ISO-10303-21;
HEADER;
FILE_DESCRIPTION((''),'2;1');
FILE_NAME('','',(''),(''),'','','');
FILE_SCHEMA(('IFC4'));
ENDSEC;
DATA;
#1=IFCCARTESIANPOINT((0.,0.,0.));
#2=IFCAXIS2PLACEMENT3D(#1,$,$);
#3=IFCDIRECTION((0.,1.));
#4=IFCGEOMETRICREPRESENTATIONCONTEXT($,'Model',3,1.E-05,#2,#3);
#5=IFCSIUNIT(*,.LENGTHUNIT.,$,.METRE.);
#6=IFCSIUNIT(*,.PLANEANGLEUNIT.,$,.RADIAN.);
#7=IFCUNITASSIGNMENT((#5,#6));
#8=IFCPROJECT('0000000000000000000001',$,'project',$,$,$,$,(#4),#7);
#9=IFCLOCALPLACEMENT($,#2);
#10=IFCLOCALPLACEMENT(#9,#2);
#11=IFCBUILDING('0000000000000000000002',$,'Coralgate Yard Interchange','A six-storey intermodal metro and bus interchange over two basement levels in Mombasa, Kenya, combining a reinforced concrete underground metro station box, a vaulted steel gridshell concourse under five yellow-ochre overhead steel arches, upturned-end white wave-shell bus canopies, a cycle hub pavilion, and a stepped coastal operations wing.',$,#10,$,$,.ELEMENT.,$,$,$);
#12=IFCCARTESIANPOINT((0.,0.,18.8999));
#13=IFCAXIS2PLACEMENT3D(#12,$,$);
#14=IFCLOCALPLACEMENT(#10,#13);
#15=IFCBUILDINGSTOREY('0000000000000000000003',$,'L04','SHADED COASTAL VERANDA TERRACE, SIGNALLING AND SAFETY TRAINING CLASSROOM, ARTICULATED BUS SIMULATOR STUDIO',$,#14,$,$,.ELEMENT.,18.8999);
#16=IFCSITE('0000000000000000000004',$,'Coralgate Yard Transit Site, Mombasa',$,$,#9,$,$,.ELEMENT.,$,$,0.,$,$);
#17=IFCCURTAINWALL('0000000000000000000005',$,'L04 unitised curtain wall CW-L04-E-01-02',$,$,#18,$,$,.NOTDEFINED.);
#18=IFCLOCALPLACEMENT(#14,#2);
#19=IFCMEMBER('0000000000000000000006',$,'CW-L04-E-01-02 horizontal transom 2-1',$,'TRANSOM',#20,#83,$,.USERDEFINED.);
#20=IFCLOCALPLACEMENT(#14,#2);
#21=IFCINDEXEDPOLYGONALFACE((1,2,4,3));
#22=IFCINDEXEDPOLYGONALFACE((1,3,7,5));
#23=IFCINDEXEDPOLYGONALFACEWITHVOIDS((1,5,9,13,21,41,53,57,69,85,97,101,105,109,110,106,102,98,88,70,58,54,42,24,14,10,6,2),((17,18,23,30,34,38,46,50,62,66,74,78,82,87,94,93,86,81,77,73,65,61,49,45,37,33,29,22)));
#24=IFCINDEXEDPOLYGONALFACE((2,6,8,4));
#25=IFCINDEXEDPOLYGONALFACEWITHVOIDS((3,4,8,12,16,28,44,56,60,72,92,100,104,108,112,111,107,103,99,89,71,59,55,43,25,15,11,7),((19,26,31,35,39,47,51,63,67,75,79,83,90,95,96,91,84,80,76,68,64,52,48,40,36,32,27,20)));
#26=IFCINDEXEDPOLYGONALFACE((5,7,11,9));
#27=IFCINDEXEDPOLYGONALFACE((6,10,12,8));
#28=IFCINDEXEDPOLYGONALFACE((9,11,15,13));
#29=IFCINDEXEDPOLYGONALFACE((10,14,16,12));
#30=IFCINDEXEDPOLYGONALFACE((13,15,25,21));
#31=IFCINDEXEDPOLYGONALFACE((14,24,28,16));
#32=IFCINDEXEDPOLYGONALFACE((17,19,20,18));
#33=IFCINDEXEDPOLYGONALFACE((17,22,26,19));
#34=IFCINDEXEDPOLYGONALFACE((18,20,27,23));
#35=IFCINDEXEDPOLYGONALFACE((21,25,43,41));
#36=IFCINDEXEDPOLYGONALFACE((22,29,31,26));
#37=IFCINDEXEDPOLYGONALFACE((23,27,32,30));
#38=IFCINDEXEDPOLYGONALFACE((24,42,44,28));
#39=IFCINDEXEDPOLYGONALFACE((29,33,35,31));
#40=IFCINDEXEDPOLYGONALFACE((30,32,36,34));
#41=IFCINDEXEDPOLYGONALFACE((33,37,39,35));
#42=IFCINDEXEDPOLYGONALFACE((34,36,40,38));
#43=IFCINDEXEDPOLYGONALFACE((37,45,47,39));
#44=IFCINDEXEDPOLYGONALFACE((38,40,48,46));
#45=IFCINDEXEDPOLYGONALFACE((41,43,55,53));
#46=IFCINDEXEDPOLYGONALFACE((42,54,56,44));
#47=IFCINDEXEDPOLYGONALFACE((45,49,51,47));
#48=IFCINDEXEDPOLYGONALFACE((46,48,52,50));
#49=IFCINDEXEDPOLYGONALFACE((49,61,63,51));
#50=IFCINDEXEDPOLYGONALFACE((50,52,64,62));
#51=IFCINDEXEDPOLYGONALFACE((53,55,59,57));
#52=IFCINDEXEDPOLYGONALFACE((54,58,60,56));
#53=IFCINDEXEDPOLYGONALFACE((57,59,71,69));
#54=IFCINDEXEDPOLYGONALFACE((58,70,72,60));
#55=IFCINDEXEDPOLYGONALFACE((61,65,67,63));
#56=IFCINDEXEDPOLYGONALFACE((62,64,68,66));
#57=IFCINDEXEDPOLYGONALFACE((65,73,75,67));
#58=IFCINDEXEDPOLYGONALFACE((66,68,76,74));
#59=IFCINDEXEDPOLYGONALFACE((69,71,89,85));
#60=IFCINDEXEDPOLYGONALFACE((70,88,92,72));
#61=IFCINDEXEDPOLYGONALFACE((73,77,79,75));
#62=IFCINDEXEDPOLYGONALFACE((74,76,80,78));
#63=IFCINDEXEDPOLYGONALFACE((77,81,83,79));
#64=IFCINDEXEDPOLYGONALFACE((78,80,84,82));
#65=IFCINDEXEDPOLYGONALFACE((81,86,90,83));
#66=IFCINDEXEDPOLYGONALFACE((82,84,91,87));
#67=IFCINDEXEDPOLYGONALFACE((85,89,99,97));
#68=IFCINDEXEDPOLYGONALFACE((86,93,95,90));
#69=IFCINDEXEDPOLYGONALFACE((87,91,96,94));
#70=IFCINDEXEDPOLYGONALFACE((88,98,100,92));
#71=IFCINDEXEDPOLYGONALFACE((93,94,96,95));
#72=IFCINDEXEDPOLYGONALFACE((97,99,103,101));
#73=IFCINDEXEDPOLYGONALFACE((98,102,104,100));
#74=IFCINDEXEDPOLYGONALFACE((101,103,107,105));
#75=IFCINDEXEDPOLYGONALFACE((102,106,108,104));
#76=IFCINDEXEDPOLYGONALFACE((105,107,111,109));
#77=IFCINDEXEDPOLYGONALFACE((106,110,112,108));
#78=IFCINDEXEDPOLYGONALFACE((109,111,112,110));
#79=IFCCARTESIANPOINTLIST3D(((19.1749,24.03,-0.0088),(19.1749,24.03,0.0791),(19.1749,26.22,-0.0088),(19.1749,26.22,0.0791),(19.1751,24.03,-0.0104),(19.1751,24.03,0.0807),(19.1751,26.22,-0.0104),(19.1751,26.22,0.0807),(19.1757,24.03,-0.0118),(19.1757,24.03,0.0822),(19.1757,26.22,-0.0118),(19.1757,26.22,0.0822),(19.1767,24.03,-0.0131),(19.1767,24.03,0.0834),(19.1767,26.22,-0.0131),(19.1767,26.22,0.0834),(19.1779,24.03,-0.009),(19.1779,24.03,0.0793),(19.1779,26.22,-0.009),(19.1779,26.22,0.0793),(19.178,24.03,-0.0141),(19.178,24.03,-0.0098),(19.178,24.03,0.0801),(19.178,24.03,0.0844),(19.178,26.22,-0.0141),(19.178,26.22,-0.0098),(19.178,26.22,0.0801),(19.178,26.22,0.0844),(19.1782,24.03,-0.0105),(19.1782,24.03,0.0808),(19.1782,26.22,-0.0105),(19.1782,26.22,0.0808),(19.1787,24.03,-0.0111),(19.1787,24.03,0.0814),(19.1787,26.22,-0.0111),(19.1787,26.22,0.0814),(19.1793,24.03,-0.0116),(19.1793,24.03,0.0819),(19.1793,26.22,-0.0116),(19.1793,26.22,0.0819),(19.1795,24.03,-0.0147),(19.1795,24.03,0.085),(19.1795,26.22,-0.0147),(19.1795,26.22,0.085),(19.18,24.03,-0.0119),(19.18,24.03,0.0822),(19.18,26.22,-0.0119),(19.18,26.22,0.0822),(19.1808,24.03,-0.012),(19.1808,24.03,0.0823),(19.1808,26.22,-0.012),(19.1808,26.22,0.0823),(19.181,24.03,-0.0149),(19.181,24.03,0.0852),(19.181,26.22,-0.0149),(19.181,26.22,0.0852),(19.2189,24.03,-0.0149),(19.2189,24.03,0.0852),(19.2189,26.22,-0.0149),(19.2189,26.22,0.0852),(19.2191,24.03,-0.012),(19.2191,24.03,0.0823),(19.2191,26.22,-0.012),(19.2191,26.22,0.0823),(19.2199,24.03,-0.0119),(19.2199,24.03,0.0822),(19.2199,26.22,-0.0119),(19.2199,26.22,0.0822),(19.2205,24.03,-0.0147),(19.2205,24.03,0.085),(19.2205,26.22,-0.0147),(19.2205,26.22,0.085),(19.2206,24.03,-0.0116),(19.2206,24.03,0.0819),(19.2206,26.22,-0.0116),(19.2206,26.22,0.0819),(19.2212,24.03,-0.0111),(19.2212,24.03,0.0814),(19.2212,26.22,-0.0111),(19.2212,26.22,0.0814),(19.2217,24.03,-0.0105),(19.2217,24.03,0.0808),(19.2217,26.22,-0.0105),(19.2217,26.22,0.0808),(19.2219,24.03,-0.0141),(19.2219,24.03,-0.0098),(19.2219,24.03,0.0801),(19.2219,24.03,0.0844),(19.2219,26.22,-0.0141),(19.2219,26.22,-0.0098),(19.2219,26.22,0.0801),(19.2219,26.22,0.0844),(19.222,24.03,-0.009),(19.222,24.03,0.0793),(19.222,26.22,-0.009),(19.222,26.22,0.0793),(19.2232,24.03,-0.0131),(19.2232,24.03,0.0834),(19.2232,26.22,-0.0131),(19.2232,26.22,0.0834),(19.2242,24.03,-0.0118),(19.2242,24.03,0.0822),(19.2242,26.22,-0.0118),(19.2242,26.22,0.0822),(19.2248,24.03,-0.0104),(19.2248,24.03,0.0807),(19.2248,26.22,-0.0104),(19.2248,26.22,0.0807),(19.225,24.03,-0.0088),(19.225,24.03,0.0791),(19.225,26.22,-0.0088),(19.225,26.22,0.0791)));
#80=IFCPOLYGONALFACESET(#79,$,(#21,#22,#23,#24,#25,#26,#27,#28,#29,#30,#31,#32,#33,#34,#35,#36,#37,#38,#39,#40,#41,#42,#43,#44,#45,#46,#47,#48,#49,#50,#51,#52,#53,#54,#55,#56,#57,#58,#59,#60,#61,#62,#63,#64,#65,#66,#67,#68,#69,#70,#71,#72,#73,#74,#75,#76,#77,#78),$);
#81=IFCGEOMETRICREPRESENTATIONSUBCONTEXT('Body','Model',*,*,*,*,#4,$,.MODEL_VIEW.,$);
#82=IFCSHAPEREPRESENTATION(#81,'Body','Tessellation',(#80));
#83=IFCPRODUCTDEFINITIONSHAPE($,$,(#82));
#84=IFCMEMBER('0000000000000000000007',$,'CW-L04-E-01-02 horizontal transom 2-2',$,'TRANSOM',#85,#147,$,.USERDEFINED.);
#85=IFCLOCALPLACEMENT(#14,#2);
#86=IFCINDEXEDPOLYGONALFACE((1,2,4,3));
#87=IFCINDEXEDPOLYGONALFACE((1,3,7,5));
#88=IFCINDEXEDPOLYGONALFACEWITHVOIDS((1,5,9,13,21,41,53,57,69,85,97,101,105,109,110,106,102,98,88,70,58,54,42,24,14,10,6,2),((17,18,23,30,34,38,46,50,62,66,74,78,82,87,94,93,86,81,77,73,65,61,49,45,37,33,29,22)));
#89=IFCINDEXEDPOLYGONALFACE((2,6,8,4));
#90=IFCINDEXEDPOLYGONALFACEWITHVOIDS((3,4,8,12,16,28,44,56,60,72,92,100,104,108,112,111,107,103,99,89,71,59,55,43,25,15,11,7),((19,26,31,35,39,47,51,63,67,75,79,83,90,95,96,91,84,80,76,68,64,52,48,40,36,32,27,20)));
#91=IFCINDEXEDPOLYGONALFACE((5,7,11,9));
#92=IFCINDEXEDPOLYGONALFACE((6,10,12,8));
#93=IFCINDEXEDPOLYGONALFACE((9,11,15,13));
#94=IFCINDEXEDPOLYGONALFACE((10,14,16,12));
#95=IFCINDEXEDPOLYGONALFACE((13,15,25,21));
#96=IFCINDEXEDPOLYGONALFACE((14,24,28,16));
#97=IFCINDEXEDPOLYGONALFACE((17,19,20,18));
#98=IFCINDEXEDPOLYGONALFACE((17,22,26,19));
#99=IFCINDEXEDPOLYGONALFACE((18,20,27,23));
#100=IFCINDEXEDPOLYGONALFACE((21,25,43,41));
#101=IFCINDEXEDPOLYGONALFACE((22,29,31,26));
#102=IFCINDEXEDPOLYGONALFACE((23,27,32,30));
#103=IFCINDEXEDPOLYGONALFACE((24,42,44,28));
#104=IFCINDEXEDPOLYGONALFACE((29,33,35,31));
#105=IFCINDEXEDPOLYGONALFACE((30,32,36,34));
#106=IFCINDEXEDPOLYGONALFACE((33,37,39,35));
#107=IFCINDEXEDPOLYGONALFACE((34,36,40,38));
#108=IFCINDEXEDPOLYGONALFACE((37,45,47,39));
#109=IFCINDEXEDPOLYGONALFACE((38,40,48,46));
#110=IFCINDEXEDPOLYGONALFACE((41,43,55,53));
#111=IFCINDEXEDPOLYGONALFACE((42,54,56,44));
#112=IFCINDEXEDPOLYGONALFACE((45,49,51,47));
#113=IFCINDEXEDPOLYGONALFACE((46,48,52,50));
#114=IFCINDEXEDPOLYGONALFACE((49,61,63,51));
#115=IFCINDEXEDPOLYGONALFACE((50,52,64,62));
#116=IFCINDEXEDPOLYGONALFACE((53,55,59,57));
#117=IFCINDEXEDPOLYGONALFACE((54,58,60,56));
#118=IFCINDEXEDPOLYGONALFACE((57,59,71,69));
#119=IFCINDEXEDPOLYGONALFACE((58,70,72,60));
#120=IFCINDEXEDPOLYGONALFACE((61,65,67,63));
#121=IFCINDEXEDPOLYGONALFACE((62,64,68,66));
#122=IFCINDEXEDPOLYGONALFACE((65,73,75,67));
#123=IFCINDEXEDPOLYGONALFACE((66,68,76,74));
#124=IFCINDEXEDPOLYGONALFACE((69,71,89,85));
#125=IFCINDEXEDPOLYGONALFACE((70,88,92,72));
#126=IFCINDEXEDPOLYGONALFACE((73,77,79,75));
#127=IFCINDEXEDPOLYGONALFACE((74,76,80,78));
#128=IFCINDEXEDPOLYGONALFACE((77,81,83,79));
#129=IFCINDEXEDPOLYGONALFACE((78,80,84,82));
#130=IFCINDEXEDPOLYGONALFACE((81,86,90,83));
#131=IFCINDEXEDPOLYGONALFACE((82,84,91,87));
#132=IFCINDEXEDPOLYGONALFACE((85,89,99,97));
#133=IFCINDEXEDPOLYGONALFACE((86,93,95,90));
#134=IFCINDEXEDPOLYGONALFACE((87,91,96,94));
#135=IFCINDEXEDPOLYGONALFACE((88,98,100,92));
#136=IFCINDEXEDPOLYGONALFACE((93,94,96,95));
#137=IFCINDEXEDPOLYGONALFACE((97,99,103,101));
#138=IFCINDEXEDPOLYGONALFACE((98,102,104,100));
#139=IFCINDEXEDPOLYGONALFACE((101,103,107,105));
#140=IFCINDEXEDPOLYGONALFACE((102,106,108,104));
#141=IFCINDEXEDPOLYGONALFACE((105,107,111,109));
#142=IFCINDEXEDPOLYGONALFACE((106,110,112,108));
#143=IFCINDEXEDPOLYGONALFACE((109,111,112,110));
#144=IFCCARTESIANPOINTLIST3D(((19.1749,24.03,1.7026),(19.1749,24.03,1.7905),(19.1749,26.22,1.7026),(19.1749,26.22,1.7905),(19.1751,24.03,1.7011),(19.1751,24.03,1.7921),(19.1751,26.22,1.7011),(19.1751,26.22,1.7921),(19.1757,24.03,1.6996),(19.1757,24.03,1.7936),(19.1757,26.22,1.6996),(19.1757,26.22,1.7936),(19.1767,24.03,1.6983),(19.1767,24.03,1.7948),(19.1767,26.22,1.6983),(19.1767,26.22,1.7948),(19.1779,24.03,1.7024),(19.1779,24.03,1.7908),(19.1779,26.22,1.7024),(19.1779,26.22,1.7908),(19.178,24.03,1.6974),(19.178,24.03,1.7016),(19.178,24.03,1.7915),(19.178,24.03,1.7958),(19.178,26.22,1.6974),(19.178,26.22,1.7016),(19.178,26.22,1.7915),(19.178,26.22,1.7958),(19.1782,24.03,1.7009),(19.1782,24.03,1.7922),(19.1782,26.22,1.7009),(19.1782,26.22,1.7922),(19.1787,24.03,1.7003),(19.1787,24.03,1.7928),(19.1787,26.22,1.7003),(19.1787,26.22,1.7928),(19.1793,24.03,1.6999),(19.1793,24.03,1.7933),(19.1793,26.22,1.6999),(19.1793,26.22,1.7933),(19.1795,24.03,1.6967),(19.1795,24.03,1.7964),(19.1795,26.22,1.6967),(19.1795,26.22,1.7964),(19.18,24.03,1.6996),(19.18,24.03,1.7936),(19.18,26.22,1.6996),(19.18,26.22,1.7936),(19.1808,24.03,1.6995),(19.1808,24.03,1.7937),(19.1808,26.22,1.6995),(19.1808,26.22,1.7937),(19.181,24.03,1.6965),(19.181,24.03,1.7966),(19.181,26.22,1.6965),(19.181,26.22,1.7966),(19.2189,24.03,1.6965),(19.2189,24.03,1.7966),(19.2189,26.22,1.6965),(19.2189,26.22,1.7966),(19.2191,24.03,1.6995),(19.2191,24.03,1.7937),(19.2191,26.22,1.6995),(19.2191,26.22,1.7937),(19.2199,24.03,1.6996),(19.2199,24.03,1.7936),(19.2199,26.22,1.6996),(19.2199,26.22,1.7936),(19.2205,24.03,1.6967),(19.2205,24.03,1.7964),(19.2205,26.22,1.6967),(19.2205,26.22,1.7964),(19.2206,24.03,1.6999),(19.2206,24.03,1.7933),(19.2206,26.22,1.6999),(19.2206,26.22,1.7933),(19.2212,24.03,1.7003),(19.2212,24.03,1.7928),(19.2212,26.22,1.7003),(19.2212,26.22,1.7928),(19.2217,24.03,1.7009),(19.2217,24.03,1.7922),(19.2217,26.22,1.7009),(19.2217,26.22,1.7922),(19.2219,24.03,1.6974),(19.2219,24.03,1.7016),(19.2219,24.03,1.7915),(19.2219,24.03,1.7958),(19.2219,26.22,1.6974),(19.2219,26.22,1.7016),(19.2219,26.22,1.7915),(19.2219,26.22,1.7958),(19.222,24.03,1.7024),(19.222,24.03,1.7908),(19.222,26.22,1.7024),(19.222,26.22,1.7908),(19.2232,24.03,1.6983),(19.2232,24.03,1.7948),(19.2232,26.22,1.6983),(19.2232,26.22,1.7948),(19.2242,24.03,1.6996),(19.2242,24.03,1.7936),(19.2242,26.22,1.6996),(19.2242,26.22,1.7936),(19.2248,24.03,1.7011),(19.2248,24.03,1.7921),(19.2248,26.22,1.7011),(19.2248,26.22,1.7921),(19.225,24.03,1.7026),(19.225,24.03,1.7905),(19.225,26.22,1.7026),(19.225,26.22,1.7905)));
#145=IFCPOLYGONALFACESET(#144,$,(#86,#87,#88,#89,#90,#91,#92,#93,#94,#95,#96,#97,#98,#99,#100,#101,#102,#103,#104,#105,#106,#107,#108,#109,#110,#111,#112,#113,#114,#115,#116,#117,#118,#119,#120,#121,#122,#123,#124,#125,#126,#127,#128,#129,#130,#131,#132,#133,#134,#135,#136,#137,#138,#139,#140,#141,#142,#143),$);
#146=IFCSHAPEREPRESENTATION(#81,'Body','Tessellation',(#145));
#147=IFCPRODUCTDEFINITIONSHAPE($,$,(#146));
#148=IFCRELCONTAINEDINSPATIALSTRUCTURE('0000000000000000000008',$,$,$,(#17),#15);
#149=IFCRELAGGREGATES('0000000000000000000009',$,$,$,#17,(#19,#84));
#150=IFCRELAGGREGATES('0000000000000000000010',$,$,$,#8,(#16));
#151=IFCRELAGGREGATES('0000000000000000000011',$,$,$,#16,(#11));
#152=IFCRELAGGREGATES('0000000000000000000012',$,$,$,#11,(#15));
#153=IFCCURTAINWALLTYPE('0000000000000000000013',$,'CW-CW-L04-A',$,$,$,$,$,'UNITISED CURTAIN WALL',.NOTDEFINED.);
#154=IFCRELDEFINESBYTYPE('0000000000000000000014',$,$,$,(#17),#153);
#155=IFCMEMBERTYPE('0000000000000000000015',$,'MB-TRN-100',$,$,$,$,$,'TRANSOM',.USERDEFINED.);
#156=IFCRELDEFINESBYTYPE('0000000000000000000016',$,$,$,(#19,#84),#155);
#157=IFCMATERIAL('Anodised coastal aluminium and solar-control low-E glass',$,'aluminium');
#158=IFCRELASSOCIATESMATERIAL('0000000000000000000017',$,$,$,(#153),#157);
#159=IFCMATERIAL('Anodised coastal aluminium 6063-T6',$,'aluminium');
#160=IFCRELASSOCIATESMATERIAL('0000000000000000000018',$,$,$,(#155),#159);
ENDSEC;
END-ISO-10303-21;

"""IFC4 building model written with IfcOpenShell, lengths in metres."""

from ifc_helpers import new_model, si_unit, direction, frame, origin, origin_2d, place, context, subcontext, project, spatial, hollow_rectangle, extrude, material, material_profile, profile_set, type_object, element, aggregate, save


model = new_model("IFC4")

# Units and contexts
model_context = context("Model", 3, precision=1e-05, world=origin(), true_north=direction((0.0, 1.0)))
body_context = subcontext(model_context, "Body", "Model", "MODEL_VIEW")
ifc_project = project(units=[si_unit("LENGTHUNIT", "METRE"), si_unit("PLANEANGLEUNIT", "RADIAN")], contexts=[model_context])

# Site, building, storey
site_placement = place(None, origin())
site = spatial("IfcSite", under=ifc_project, at=site_placement, Name="Coralgate Yard Transit Site, Mombasa", CompositionType="ELEMENT", RefElevation=0.0)
building_placement = place(site_placement, origin())
building = spatial("IfcBuilding", under=site, at=building_placement, Name="Coralgate Yard Interchange", Description="A six-storey intermodal metro and bus interchange over two basement levels in Mombasa, Kenya, combining a reinforced concrete underground metro station box, a vaulted steel gridshell concourse under five yellow-ochre overhead steel arches, upturned-end white wave-shell bus canopies, a cycle hub pavilion, and a stepped coastal operations wing.", CompositionType="ELEMENT")
storey_placement = place(building_placement, frame((0.0, 0.0, 18.8999)))
storey = spatial("IfcBuildingStorey", under=building, at=storey_placement, Name="L04", Description="SHADED COASTAL VERANDA TERRACE, SIGNALLING AND SAFETY TRAINING CLASSROOM, ARTICULATED BUS SIMULATOR STUDIO", CompositionType="ELEMENT", Elevation=18.8999)

# Curtain wall, members
ifc_material_1 = material(Name="Anodised coastal aluminium and solar-control low-E glass", Category="aluminium")
curtain_wall_type = type_object("IfcCurtainWallType", Name="CW-CW-L04-A", ElementType="UNITISED CURTAIN WALL", PredefinedType="NOTDEFINED", material=ifc_material_1)
curtain_wall_placement = place(storey_placement, origin())
curtain_wall = element("IfcCurtainWall", 1, at=curtain_wall_placement, inside=storey, type_object=curtain_wall_type, Name="L04 unitised curtain wall CW-L04-E-01-02", PredefinedType="NOTDEFINED")
ifc_material_2 = material(Name="Anodised coastal aluminium 6063-T6", Category="aluminium")
ifc_material_profile_1 = material_profile(ifc_material_2, hollow_rectangle(XDim=0.05, YDim=0.1001, WallThickness=0.0029, InnerFilletRadius=0.0029, OuterFilletRadius=0.0061, at=origin_2d()), Name="ALU 50x100x3")
ifc_profile_set_1 = profile_set([ifc_material_profile_1], Name="Anodised coastal aluminium 6063-T6")
member_type_1 = type_object("IfcMemberType", Name="MB-TRN-100", ElementType="TRANSOM", PredefinedType="USERDEFINED", material=ifc_profile_set_1)
member_1_placement = place(storey_placement, frame((19.2, 26.22, 0.0352), z_axis=(0.0, -1.0, 0.0), x_axis=(1.0, 0.0, 0.0)))
member_1 = element("IfcMember", 2, at=member_1_placement, type_object=member_type_1, Name="CW-L04-E-01-02 horizontal transom 2-1", ObjectType="TRANSOM", PredefinedType="USERDEFINED", context=body_context, shape_type="SweptSolid", body=[
    extrude(hollow_rectangle(XDim=0.05, YDim=0.1001, WallThickness=0.0029, InnerFilletRadius=0.0029, OuterFilletRadius=0.0061, at=origin_2d()), origin(), (0.0, 0.0, 1.0), 2.1899),
])
member_2_placement = place(storey_placement, frame((19.2, 26.22, 1.7466), z_axis=(0.0, -1.0, 0.0), x_axis=(1.0, 0.0, 0.0)))
member_2 = element("IfcMember", 3, at=member_2_placement, type_object=member_type_1, Name="CW-L04-E-01-02 horizontal transom 2-2", ObjectType="TRANSOM", PredefinedType="USERDEFINED", context=body_context, shape_type="SweptSolid", body=[
    extrude(hollow_rectangle(XDim=0.05, YDim=0.1001, WallThickness=0.0029, InnerFilletRadius=0.0029, OuterFilletRadius=0.0061, at=origin_2d()), origin(), (0.0, 0.0, 1.0), 2.1899),
])
aggregate(curtain_wall, [member_1, member_2])

save(model, "model.ifc")
